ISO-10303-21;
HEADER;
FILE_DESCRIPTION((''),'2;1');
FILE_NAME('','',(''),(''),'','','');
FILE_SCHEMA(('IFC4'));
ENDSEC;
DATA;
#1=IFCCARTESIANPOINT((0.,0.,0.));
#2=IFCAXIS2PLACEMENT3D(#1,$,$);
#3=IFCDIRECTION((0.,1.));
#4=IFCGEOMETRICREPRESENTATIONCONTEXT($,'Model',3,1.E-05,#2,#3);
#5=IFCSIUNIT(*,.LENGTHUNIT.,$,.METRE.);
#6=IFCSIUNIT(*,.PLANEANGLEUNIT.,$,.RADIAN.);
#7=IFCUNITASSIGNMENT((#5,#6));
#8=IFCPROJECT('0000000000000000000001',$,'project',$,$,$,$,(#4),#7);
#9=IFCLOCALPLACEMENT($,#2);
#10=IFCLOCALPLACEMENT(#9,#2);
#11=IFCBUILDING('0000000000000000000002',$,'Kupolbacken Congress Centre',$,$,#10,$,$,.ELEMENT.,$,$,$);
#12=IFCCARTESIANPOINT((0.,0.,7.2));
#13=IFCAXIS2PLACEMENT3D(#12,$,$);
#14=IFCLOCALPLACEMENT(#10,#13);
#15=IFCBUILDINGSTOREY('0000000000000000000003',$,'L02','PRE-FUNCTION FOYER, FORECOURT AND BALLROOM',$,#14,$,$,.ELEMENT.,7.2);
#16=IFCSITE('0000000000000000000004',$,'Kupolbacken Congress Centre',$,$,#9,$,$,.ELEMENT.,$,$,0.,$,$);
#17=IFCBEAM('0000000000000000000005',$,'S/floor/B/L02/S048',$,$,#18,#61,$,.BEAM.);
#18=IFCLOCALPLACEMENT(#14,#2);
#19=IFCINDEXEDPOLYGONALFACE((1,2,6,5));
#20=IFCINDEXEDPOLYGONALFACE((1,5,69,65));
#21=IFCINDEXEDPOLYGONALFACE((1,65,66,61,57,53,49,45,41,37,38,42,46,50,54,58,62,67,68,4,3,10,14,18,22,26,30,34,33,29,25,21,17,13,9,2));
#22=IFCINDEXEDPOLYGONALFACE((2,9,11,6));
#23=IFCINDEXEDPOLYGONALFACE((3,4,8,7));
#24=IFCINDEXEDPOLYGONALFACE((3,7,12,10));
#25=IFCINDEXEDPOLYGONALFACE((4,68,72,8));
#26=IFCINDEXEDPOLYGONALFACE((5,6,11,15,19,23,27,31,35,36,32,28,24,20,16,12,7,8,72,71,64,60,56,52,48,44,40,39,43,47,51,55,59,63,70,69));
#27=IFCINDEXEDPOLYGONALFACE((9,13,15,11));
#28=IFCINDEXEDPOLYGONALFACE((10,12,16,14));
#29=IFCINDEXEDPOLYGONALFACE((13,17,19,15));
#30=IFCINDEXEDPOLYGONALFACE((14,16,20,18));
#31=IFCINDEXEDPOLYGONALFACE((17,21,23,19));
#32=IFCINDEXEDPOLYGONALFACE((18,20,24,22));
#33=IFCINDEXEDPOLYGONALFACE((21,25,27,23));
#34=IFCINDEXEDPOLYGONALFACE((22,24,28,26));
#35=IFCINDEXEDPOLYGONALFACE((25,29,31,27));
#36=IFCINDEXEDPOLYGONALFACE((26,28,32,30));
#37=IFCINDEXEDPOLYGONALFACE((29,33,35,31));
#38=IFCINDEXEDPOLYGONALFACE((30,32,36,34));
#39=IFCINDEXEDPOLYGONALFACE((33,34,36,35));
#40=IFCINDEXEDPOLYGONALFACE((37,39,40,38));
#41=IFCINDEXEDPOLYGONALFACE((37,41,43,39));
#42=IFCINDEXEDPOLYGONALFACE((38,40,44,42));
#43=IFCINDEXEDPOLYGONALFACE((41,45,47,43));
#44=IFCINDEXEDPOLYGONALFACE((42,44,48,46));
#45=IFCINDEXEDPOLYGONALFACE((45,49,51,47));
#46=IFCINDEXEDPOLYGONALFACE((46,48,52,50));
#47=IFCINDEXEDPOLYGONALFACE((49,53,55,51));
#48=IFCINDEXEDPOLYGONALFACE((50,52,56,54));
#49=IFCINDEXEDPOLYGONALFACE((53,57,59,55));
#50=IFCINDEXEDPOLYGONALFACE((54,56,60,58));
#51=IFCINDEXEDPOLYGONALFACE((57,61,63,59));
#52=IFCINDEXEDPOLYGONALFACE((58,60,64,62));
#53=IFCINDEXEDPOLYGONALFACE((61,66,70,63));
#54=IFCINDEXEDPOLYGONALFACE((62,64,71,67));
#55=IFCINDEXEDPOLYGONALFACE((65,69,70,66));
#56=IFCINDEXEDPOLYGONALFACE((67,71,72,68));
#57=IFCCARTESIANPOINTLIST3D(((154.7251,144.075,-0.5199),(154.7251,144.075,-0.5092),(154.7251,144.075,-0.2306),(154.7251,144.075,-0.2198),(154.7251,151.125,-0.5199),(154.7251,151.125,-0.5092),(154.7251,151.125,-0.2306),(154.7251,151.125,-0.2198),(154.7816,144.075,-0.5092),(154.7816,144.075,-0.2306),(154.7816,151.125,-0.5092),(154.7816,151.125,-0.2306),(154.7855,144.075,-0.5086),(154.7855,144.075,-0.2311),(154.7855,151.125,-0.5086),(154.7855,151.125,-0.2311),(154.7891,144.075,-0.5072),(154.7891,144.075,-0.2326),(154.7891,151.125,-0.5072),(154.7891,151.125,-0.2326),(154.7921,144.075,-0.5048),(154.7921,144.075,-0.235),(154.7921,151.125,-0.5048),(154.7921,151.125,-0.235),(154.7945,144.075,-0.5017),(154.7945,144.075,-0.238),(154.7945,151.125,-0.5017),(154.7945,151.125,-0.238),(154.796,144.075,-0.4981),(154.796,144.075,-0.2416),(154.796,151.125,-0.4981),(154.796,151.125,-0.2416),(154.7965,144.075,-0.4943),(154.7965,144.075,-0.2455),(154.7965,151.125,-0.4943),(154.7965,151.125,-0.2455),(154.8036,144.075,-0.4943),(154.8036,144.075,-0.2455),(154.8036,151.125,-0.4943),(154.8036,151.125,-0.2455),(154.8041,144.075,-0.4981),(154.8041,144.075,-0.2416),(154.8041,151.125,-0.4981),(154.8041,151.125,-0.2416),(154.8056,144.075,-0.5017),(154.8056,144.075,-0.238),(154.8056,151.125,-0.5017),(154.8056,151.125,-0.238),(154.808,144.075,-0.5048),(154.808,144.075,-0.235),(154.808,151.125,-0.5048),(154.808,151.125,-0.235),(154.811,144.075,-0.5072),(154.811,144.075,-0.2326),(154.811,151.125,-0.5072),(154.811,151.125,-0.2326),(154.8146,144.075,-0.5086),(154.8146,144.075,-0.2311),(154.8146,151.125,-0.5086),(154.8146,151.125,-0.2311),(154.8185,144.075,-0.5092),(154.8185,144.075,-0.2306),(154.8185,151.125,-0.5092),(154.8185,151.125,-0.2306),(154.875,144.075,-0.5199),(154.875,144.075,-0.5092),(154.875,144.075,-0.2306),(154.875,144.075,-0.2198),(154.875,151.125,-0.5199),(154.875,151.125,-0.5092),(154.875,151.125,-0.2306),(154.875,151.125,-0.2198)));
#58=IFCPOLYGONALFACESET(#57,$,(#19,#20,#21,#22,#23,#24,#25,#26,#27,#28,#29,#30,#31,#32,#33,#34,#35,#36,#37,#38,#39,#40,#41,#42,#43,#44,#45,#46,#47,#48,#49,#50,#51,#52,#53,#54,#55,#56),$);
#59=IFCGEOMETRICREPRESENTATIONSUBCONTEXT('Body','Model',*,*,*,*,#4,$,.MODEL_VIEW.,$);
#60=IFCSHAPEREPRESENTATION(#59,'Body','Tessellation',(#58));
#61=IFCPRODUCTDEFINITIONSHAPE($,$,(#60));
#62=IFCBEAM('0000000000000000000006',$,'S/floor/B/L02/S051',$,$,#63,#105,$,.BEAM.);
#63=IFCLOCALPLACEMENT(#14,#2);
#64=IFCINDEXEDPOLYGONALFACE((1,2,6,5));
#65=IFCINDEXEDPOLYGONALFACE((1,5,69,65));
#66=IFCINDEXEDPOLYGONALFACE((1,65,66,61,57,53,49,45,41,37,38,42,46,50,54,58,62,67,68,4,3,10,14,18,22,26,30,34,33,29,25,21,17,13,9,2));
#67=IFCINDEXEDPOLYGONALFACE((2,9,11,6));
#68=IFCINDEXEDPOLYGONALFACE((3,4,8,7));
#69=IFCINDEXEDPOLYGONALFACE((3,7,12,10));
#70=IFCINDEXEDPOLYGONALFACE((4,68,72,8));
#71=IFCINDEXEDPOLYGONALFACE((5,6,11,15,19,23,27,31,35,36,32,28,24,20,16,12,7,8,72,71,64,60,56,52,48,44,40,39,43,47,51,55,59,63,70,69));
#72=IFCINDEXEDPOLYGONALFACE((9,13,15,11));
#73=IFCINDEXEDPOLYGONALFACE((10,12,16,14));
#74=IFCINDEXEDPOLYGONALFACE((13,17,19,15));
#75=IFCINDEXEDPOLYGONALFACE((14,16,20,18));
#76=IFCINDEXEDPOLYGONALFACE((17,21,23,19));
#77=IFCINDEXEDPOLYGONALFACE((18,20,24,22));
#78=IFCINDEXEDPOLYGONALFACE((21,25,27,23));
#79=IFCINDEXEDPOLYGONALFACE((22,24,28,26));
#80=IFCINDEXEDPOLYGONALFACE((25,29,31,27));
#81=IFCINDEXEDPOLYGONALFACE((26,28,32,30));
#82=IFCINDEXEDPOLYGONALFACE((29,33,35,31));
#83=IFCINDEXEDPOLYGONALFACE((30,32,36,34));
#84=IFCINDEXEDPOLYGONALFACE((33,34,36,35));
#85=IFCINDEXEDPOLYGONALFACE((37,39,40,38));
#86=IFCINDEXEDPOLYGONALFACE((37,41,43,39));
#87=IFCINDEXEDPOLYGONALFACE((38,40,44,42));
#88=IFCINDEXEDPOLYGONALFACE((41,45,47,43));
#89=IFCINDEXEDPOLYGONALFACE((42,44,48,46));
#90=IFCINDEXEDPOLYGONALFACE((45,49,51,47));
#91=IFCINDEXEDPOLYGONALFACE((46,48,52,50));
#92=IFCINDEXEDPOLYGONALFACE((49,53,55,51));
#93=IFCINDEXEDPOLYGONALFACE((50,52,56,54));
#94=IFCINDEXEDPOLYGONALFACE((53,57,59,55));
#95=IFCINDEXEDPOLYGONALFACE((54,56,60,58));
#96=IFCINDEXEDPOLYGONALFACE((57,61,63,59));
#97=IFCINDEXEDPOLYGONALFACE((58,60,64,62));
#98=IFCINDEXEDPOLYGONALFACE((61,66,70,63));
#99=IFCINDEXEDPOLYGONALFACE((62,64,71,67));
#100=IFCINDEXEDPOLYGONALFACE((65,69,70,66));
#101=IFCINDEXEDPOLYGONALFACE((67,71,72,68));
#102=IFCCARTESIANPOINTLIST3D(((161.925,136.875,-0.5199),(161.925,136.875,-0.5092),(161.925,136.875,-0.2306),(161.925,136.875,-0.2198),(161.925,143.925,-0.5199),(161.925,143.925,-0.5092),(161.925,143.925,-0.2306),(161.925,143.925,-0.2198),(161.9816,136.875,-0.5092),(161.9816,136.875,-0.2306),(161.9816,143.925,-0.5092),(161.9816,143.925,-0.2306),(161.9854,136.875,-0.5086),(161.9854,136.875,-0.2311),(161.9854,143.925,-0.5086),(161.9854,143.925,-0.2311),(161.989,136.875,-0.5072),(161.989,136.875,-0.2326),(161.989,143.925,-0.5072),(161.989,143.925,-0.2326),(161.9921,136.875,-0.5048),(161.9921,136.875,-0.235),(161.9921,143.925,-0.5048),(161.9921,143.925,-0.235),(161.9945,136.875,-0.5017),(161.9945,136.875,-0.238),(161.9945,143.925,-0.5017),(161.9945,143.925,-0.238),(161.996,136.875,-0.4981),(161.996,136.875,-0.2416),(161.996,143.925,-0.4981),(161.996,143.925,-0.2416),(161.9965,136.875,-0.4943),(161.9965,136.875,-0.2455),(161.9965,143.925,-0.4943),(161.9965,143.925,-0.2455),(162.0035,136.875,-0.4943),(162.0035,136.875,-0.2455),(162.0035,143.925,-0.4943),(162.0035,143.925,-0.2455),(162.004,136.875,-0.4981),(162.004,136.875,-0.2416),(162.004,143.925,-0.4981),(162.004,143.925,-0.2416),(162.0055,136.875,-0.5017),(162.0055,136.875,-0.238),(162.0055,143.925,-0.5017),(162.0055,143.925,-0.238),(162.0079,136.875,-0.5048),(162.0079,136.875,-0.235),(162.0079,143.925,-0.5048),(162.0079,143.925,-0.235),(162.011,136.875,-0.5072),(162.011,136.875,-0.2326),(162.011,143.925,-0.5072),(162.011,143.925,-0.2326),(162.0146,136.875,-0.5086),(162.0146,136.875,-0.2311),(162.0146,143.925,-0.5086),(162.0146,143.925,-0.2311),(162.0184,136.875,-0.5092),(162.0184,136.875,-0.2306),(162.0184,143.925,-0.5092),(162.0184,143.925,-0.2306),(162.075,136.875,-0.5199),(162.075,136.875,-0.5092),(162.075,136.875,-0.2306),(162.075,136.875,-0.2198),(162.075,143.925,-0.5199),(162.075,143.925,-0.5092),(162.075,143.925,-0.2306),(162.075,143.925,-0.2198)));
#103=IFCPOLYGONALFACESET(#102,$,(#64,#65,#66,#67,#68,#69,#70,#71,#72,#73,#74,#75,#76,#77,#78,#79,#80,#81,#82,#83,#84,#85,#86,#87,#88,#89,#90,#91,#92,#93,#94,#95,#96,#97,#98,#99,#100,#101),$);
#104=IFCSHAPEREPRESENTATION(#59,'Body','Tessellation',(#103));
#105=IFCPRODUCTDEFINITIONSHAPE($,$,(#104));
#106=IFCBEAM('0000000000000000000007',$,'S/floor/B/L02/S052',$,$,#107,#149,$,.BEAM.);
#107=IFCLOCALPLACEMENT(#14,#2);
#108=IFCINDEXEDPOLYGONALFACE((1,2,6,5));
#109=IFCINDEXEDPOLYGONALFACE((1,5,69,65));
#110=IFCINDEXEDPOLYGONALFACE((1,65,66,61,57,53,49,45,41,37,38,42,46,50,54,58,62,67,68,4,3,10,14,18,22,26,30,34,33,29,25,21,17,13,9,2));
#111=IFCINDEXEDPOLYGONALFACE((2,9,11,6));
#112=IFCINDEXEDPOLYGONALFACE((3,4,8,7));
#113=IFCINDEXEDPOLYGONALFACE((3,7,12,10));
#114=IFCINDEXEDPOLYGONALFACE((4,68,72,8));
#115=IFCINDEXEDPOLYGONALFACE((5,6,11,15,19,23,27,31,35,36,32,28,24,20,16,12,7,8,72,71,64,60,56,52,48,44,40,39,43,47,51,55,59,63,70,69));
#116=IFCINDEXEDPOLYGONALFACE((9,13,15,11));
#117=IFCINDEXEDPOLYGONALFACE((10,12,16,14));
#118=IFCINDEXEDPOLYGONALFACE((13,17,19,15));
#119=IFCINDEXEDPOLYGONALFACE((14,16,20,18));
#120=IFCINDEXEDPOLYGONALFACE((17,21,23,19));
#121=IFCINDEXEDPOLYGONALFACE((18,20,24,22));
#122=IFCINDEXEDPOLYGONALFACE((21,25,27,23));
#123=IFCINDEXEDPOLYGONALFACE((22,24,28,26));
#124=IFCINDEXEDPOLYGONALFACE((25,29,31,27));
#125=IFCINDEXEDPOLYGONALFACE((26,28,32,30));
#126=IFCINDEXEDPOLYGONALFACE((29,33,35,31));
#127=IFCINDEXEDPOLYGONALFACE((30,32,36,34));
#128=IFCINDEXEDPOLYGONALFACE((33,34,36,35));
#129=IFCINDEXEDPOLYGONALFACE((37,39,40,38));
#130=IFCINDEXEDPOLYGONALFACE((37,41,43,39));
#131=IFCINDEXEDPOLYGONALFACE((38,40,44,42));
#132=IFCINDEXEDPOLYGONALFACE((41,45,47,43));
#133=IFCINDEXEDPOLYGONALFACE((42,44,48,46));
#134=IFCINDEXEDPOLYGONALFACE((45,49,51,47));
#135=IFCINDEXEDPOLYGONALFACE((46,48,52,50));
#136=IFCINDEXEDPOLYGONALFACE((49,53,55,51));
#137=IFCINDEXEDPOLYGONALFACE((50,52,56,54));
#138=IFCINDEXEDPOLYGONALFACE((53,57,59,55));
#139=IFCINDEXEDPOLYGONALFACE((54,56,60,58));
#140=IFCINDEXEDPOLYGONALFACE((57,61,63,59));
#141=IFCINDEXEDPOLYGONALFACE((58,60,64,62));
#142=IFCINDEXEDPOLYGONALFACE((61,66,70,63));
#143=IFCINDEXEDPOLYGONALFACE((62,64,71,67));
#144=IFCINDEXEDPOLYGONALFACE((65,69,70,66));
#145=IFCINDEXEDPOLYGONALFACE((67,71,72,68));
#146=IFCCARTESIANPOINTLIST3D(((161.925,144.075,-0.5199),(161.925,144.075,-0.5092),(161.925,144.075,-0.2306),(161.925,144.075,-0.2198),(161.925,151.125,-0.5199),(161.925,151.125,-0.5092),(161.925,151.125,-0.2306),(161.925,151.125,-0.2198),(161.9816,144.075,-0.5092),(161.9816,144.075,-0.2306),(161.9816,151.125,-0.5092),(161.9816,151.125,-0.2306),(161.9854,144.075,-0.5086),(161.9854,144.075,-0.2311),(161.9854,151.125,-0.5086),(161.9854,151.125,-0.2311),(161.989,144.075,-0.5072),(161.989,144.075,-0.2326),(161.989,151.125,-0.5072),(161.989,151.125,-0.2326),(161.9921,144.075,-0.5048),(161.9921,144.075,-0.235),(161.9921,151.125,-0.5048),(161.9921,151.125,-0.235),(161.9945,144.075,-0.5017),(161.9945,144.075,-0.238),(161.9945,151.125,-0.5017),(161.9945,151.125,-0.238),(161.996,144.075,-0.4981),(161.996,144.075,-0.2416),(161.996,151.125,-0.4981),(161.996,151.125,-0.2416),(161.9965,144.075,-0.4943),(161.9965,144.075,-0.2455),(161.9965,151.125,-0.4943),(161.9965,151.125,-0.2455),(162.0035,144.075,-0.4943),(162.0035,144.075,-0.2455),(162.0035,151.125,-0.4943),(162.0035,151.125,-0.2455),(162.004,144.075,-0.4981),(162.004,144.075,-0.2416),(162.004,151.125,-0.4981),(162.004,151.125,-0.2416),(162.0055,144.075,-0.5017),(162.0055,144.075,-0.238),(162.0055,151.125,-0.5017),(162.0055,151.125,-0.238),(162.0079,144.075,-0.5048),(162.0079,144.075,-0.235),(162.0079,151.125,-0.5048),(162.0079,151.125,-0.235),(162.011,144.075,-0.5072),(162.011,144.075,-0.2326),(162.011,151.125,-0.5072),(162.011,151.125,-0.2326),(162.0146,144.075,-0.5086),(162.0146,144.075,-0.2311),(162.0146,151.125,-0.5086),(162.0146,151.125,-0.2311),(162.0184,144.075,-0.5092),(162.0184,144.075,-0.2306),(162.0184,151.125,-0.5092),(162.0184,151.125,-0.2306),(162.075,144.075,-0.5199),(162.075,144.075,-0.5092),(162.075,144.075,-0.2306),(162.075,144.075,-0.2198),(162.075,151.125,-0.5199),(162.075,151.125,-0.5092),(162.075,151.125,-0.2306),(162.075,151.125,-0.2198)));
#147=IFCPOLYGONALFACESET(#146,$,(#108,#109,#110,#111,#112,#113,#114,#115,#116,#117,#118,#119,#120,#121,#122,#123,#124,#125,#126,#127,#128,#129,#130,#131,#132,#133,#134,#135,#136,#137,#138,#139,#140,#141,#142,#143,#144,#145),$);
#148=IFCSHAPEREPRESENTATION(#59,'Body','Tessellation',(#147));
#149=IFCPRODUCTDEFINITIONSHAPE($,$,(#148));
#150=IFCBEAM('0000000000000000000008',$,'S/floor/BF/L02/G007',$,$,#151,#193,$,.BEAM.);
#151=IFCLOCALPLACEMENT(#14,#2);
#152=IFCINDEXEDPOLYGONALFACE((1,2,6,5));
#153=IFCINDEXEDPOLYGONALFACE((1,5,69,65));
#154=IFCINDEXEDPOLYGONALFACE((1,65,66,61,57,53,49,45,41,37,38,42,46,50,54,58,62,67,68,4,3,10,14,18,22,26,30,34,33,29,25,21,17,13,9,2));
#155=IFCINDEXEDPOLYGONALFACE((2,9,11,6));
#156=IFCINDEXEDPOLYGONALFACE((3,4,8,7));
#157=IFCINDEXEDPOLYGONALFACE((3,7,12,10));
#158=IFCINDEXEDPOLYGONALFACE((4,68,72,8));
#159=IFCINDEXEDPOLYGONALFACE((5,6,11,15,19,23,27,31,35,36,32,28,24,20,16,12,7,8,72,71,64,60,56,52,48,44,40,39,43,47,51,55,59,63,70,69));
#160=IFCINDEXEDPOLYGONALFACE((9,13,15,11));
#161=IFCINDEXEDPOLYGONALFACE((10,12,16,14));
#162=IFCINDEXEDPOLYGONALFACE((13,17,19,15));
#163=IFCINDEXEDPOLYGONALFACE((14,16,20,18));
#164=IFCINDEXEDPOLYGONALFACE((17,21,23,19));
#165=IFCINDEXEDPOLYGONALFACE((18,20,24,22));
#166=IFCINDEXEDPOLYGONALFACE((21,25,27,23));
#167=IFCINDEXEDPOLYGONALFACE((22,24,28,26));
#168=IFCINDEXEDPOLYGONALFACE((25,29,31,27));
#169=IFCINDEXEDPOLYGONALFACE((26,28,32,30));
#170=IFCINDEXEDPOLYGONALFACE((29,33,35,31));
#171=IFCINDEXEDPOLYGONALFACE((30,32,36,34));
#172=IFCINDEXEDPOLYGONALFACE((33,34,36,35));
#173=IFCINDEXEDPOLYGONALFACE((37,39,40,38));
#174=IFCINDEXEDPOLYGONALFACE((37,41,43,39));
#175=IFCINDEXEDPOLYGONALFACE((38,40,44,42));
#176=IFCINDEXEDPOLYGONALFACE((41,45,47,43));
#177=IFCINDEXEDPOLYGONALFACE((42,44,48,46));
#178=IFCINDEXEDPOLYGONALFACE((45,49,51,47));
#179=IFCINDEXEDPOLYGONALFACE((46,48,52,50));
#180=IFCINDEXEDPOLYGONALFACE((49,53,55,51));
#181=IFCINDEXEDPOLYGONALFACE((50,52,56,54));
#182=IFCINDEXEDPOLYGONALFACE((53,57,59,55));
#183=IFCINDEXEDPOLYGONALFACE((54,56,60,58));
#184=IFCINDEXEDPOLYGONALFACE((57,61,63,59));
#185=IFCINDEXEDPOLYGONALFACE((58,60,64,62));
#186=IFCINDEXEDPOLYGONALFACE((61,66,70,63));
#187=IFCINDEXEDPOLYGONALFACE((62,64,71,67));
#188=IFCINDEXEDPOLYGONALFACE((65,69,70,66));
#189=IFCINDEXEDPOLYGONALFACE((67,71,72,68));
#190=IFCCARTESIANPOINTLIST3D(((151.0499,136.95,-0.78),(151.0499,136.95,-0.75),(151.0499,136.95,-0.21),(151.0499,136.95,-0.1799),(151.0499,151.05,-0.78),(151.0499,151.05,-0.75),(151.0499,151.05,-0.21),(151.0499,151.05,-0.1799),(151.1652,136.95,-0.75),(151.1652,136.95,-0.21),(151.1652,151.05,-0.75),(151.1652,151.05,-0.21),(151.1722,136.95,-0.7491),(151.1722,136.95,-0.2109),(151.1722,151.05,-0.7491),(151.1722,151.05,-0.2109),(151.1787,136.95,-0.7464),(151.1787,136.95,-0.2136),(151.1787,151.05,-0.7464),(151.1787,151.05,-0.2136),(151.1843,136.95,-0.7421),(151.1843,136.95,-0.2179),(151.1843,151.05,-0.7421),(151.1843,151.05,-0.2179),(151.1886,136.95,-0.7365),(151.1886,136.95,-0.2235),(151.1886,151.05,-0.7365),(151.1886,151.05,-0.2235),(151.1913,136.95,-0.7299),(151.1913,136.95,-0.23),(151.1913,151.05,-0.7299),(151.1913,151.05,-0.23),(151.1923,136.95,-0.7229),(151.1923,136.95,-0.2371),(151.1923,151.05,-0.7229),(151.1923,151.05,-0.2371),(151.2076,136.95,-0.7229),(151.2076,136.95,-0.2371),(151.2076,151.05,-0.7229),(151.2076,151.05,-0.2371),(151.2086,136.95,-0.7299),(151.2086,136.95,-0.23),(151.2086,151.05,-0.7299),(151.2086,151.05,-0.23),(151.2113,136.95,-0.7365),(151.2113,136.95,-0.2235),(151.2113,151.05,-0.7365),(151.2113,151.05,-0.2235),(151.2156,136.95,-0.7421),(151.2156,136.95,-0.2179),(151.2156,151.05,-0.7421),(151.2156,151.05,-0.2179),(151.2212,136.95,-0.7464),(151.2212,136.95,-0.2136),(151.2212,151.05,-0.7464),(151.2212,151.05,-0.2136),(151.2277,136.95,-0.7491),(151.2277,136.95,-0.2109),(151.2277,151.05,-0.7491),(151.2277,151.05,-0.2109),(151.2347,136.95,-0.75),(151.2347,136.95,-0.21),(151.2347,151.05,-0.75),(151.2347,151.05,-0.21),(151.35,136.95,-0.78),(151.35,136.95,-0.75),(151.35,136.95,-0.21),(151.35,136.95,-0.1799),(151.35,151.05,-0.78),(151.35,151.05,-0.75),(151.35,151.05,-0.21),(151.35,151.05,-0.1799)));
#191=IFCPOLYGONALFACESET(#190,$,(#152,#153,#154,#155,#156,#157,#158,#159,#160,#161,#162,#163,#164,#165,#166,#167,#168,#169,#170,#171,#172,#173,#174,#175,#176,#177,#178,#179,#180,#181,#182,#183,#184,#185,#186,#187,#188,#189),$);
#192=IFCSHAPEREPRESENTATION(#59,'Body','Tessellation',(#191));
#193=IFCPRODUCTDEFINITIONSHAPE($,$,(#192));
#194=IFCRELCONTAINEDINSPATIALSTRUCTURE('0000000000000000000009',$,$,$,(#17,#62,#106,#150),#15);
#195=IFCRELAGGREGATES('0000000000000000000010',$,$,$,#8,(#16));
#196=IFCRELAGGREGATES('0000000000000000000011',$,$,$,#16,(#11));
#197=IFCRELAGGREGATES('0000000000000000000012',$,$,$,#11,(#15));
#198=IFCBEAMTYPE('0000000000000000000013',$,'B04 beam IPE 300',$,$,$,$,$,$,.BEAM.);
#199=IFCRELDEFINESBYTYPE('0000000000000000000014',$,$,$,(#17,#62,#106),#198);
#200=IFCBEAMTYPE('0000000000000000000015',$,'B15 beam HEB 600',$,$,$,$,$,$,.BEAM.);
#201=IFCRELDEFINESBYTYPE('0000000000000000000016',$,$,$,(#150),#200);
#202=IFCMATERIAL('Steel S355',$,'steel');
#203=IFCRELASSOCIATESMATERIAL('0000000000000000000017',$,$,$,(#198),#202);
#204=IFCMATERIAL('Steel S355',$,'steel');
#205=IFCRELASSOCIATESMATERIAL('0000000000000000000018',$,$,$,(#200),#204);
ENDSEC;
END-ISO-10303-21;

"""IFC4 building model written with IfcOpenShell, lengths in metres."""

from ifc_helpers import new_model, si_unit, direction, frame, origin, origin_2d, place, context, subcontext, project, spatial, i_section, extrude, material, material_profile, profile_set, type_object, element, save


model = new_model("IFC4")

# Units and contexts
model_context = context("Model", 3, precision=1e-05, world=origin(), true_north=direction((0.0, 1.0)))
body_context = subcontext(model_context, "Body", "Model", "MODEL_VIEW")
ifc_project = project(units=[si_unit("LENGTHUNIT", "METRE"), si_unit("PLANEANGLEUNIT", "RADIAN")], contexts=[model_context])

# Site, building, storey
site_placement = place(None, origin())
site = spatial("IfcSite", under=ifc_project, at=site_placement, Name="Kupolbacken Congress Centre", CompositionType="ELEMENT", RefElevation=0.0)
building_placement = place(site_placement, origin())
building = spatial("IfcBuilding", under=site, at=building_placement, Name="Kupolbacken Congress Centre", CompositionType="ELEMENT")
storey_placement = place(building_placement, frame((0.0, 0.0, 7.2)))
storey = spatial("IfcBuildingStorey", under=building, at=storey_placement, Name="L02", Description="PRE-FUNCTION FOYER, FORECOURT AND BALLROOM", CompositionType="ELEMENT", Elevation=7.2)

# Beams
ifc_material_1 = material(Name="Steel S355", Category="steel")
ifc_material_profile_1 = material_profile(ifc_material_1, i_section(OverallWidth=0.1499, OverallDepth=0.3, WebThickness=0.0071, FlangeThickness=0.0107, FilletRadius=0.0149, at=origin_2d()), Name="IPE 300")
ifc_profile_set_1 = profile_set([ifc_material_profile_1], Name="Steel S355")
beam_type_1 = type_object("IfcBeamType", Name="B04 beam IPE 300", PredefinedType="BEAM", material=ifc_profile_set_1)
for number, where, z_axis, x_axis, name in (
    (1, (154.8, 144.075, -0.3699), (0.0, 1.0, 0.0), (-1.0, 0.0, 0.0), "S/floor/B/L02/S048"),
    (2, (162.0, 136.875, -0.3699), (0.0, 1.0, 0.0), (-1.0, 0.0, 0.0), "S/floor/B/L02/S051"),
    (3, (162.0, 144.075, -0.3699), (0.0, 1.0, 0.0), (-1.0, 0.0, 0.0), "S/floor/B/L02/S052"),
):
    element("IfcBeam", number, at=place(storey_placement, frame(where, z_axis=z_axis, x_axis=x_axis)), inside=storey, type_object=beam_type_1, Name=name, PredefinedType="BEAM", context=body_context, shape_type="SweptSolid", body=[
        extrude(i_section(OverallWidth=0.1499, OverallDepth=0.3, WebThickness=0.0071, FlangeThickness=0.0107, FilletRadius=0.0149, at=origin_2d()), origin(), (0.0, 0.0, 1.0), 7.05),
    ])
ifc_material_2 = material(Name="Steel S355", Category="steel")
ifc_material_profile_2 = material_profile(ifc_material_2, i_section(OverallWidth=0.3, OverallDepth=0.6001, WebThickness=0.0154, FlangeThickness=0.03, FilletRadius=0.0271, at=origin_2d()), Name="HEB 600")
ifc_profile_set_2 = profile_set([ifc_material_profile_2], Name="Steel S355")
beam_type_2 = type_object("IfcBeamType", Name="B15 beam HEB 600", PredefinedType="BEAM", material=ifc_profile_set_2)
beam_1_placement = place(storey_placement, frame((151.2, 136.95, -0.48), z_axis=(0.0, 1.0, 0.0), x_axis=(-1.0, 0.0, 0.0)))
element("IfcBeam", 4, at=beam_1_placement, inside=storey, type_object=beam_type_2, Name="S/floor/BF/L02/G007", PredefinedType="BEAM", context=body_context, shape_type="SweptSolid", body=[
    extrude(i_section(OverallWidth=0.3, OverallDepth=0.6001, WebThickness=0.0154, FlangeThickness=0.03, FilletRadius=0.0271, at=origin_2d()), origin(), (0.0, 0.0, 1.0), 14.1001),
])

save(model, "model.ifc")
